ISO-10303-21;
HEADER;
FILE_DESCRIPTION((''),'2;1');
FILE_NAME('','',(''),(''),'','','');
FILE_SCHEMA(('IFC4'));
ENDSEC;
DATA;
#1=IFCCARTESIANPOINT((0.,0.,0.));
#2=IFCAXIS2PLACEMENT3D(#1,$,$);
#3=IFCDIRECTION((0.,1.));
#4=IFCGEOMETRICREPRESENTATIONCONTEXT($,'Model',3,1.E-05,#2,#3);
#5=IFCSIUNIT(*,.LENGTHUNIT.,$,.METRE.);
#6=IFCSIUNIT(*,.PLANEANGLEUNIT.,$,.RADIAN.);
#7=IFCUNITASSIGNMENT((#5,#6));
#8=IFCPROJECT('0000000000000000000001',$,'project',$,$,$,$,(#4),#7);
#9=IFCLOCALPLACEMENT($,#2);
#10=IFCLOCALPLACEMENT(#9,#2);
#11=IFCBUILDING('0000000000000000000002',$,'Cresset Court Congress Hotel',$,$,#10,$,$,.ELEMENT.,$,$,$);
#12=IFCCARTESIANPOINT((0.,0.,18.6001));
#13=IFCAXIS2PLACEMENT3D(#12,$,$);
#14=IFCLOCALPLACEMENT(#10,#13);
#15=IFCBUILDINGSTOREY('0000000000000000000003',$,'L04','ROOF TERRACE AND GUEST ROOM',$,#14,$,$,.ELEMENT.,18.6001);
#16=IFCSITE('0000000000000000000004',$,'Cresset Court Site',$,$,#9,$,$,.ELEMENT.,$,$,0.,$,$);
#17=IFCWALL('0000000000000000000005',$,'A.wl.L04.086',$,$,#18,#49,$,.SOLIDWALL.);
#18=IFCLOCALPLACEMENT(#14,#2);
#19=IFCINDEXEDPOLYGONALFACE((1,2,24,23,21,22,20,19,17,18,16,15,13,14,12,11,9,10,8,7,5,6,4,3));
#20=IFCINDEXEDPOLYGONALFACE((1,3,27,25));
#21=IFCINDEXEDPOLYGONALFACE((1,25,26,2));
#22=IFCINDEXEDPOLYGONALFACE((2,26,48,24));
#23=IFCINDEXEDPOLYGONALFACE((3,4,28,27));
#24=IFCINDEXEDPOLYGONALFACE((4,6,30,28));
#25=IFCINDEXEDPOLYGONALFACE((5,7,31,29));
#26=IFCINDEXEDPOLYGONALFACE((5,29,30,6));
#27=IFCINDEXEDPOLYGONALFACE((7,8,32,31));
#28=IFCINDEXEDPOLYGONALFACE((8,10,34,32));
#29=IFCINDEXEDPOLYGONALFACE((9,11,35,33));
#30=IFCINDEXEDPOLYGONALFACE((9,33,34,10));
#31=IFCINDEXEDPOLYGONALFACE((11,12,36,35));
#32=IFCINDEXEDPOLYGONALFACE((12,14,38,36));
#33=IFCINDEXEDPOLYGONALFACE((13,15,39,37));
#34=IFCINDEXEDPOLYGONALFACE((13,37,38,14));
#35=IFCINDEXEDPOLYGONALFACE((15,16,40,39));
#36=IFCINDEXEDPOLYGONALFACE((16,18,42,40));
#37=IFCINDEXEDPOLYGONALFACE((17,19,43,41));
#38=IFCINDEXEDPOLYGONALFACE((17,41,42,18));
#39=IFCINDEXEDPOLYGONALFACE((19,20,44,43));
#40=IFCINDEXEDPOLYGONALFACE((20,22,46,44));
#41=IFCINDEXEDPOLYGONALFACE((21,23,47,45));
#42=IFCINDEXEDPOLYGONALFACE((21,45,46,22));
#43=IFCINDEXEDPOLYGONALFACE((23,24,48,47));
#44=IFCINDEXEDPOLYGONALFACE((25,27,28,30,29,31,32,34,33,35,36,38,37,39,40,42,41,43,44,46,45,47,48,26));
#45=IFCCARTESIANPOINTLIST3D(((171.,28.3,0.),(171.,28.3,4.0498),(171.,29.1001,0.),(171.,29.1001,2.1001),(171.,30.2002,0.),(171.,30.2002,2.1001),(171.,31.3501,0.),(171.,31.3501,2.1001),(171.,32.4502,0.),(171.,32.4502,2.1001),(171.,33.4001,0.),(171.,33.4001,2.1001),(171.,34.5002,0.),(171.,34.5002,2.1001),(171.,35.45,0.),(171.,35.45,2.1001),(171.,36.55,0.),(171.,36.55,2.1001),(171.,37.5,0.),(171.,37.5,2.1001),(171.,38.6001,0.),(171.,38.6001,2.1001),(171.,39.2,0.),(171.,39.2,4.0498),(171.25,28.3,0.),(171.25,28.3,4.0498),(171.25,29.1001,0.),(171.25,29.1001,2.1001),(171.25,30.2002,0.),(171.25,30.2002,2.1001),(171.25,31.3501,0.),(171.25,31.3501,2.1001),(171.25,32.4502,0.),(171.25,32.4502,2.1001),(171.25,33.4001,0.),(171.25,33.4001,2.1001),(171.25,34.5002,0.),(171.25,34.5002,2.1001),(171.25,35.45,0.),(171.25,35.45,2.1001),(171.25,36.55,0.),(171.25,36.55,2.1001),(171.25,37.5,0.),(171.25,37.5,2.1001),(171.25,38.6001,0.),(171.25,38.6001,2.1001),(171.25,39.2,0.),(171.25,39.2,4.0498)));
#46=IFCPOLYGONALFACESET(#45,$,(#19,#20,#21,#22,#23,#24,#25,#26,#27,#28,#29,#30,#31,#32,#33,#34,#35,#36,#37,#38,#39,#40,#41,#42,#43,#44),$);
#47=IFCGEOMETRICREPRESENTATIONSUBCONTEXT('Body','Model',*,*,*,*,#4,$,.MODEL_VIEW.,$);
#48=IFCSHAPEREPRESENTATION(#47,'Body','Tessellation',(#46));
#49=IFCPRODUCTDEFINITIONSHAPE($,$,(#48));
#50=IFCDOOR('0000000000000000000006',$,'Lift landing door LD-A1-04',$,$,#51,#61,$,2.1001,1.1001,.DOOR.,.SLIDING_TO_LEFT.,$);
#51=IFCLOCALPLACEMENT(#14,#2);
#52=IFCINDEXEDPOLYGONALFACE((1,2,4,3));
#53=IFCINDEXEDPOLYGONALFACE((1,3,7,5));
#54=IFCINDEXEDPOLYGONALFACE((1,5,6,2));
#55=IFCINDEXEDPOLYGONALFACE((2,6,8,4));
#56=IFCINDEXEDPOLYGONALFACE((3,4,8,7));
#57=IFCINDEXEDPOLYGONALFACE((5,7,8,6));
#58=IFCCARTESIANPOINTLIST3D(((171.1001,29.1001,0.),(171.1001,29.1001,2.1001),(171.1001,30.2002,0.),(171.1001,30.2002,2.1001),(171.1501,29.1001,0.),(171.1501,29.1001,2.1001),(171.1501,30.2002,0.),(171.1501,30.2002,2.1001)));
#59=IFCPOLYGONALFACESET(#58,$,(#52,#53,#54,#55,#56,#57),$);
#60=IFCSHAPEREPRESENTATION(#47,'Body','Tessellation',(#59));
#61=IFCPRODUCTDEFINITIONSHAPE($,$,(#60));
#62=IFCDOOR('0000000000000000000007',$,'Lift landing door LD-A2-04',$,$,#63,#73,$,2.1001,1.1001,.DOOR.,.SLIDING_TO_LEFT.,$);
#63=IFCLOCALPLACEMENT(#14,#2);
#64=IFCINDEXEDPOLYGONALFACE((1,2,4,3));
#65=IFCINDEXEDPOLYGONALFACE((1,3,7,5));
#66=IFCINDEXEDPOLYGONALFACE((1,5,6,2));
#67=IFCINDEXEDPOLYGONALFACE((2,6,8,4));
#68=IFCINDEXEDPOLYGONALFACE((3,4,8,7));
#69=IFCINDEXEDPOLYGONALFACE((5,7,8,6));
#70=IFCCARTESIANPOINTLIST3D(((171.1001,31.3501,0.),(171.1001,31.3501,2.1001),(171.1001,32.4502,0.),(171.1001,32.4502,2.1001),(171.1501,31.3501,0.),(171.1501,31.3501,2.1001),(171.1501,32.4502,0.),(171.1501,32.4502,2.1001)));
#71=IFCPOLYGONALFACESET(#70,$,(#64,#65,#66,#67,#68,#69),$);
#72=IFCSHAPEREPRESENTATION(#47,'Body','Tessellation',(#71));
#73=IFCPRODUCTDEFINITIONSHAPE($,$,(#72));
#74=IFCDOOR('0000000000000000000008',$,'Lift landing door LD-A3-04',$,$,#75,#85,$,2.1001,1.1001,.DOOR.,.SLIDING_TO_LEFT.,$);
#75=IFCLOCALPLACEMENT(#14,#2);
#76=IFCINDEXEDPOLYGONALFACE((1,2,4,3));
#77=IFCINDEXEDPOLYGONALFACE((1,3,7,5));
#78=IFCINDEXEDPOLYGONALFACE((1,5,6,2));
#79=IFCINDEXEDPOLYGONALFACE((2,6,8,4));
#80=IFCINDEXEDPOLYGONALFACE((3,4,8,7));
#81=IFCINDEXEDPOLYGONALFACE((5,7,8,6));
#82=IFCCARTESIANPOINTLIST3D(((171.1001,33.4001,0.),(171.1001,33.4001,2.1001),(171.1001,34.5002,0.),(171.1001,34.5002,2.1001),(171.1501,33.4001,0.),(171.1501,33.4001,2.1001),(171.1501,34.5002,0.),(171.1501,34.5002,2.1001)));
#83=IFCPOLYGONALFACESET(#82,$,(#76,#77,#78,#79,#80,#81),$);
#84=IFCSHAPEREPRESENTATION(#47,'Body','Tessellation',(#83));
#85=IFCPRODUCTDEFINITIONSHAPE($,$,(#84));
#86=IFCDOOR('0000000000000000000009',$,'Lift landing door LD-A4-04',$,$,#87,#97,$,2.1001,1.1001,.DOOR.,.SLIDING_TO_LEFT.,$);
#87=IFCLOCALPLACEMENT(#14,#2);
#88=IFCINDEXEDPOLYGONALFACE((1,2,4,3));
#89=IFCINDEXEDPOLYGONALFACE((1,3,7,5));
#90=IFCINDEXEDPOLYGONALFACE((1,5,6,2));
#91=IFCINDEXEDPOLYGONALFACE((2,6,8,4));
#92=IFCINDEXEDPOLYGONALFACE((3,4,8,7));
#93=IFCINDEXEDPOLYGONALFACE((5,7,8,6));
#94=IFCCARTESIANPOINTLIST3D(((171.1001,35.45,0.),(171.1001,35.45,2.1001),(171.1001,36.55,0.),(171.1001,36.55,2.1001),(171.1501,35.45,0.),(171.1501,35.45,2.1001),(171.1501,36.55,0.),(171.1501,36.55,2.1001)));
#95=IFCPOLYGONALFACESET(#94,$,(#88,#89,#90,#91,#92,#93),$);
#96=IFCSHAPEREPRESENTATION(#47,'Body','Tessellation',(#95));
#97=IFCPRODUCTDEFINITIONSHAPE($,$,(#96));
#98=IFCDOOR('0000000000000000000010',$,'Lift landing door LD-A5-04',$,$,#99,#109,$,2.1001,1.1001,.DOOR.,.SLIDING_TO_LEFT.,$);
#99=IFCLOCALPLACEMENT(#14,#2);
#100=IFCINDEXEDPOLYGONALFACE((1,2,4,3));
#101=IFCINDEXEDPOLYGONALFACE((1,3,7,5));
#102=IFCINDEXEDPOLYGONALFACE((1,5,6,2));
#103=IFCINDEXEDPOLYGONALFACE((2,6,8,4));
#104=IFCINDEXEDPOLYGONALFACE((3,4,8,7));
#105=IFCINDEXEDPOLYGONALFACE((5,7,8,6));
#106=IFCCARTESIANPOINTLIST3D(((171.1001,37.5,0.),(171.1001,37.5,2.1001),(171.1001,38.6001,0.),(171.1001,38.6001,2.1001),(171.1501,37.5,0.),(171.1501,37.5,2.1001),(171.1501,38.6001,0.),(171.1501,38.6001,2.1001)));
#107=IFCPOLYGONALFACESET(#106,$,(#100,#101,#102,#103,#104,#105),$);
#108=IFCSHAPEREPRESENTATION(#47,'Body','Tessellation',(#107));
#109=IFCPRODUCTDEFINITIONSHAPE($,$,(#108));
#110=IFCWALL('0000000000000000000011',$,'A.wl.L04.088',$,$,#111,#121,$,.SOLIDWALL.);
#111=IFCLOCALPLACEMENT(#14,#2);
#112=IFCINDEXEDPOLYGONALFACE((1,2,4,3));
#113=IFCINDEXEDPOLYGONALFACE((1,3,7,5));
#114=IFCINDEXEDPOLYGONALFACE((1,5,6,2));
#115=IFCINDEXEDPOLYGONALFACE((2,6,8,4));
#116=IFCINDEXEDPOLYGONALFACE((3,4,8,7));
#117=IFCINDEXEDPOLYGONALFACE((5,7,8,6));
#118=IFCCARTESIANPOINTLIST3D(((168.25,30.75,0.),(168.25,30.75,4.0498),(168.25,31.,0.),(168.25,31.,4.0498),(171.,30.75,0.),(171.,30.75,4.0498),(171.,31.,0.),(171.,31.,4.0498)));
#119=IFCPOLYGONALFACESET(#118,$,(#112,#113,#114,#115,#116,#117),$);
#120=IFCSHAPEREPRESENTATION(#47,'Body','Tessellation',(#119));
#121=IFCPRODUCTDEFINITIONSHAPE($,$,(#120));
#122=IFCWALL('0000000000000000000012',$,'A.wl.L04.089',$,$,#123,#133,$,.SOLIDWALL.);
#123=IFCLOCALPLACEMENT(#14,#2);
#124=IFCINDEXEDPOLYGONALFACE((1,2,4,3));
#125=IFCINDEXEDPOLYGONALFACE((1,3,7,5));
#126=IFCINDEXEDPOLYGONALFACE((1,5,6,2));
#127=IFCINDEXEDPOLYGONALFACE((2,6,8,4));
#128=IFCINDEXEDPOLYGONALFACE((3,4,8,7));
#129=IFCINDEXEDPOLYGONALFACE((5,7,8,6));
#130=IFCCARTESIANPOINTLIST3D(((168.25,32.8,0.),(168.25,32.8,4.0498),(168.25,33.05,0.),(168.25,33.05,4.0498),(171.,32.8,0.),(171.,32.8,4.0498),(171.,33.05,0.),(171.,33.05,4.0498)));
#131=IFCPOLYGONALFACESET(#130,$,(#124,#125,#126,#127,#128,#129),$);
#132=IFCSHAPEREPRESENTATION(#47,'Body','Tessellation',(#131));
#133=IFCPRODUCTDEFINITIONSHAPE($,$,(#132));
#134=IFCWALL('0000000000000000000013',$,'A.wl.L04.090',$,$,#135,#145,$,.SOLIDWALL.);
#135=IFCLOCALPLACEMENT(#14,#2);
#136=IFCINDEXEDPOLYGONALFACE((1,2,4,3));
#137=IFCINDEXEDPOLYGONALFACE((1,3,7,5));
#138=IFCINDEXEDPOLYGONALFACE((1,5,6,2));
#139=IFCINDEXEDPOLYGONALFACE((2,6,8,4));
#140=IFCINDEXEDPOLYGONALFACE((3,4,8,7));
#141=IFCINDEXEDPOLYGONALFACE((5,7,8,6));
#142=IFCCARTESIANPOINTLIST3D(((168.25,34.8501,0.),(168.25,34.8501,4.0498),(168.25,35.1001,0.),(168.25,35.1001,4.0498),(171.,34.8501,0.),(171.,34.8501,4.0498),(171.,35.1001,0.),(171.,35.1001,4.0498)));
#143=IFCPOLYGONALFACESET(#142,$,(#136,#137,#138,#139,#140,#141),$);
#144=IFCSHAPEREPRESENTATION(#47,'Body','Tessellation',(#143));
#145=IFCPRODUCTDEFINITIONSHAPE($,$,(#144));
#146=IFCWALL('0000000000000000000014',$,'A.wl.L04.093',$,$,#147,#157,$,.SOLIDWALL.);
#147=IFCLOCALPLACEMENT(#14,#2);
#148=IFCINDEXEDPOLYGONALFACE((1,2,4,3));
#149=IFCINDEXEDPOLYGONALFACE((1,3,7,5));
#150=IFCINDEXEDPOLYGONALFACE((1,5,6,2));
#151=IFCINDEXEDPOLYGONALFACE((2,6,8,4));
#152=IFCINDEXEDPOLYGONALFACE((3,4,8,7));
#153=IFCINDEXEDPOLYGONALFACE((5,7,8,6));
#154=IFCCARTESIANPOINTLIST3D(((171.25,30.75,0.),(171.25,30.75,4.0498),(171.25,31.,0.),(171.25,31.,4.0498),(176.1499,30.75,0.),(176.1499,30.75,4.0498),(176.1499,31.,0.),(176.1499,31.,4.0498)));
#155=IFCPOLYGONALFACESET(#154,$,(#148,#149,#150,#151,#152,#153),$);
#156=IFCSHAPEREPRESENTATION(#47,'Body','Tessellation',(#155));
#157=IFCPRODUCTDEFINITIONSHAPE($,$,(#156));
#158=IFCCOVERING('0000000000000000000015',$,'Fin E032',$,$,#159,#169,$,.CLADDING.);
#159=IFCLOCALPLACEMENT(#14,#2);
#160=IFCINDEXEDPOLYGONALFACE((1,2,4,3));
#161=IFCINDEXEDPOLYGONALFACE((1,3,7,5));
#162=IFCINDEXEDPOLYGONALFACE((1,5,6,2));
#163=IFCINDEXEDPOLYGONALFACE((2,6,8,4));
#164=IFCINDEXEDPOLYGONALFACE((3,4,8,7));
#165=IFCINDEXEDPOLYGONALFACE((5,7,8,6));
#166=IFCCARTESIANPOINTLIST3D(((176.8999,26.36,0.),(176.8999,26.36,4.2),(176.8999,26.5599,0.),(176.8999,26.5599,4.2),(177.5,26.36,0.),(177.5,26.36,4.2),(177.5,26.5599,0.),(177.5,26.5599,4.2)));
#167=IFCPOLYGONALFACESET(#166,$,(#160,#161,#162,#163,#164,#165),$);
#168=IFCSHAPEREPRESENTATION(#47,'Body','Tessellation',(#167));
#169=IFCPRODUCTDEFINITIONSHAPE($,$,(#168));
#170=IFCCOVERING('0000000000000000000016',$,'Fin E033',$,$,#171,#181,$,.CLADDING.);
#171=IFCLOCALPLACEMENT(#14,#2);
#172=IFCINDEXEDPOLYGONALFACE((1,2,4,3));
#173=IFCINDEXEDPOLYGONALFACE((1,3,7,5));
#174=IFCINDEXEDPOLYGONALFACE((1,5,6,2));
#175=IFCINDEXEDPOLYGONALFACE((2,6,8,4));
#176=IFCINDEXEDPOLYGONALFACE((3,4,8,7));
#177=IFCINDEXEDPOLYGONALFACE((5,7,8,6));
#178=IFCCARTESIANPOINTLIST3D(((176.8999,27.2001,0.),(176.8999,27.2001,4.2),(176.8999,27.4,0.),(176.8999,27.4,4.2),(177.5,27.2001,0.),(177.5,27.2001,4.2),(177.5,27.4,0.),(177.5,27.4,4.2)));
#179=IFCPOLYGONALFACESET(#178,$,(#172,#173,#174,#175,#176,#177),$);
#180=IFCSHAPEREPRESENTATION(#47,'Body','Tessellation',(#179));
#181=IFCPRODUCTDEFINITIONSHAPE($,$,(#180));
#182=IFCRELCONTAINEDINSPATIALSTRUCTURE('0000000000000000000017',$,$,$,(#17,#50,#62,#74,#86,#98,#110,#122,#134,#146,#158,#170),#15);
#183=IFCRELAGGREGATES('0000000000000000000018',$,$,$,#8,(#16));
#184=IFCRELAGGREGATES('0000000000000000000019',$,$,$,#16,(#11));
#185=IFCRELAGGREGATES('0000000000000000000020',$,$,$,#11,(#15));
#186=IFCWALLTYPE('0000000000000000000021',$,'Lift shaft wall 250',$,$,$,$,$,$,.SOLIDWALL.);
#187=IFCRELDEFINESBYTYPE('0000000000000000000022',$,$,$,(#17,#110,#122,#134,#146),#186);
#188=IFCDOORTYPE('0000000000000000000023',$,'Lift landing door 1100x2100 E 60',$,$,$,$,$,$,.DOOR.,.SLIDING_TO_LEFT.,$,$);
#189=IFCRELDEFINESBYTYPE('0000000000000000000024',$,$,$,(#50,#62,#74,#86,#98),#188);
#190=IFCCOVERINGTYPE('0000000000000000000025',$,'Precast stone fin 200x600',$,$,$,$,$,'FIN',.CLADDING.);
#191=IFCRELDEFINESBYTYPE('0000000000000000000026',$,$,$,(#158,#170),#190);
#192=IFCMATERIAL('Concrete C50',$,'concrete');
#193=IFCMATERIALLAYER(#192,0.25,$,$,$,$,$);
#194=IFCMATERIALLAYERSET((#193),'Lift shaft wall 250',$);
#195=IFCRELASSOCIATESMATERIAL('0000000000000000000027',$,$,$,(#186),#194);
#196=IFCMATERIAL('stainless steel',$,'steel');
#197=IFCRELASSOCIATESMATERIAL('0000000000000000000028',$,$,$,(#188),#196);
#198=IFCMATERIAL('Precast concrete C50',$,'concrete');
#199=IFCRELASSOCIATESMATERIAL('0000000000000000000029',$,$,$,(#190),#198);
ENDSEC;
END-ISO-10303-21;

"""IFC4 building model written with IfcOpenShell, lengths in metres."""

from ifc_helpers import new_model, si_unit, direction, frame, frame_2d, origin, origin_2d, place, context, subcontext, project, spatial, rectangle, extrude, material, layer, layer_set, type_object, element, fill, save


model = new_model("IFC4")

# Units and contexts
model_context = context("Model", 3, precision=1e-05, world=origin(), true_north=direction((0.0, 1.0)))
body_context = subcontext(model_context, "Body", "Model", "MODEL_VIEW")
ifc_project = project(units=[si_unit("LENGTHUNIT", "METRE"), si_unit("PLANEANGLEUNIT", "RADIAN")], contexts=[model_context])

# Site, building, storey
site_placement = place(None, origin())
site = spatial("IfcSite", under=ifc_project, at=site_placement, Name="Cresset Court Site", CompositionType="ELEMENT", RefElevation=0.0)
building_placement = place(site_placement, origin())
building = spatial("IfcBuilding", under=site, at=building_placement, Name="Cresset Court Congress Hotel", CompositionType="ELEMENT")
storey_placement = place(building_placement, frame((0.0, 0.0, 18.6001)))
storey = spatial("IfcBuildingStorey", under=building, at=storey_placement, Name="L04", Description="ROOF TERRACE AND GUEST ROOM", CompositionType="ELEMENT", Elevation=18.6001)

# Wall, openings, doors
ifc_material_1 = material(Name="Concrete C50", Category="concrete")
ifc_layer = layer(ifc_material_1, 0.25)
ifc_layer_set = layer_set([ifc_layer], Name="Lift shaft wall 250")
wall_type = type_object("IfcWallType", Name="Lift shaft wall 250", PredefinedType="SOLIDWALL", material=ifc_layer_set)
wall_1_placement = place(storey_placement, frame((171.125, 28.3, 0.0), z_axis=(0.0, 0.0, 1.0), x_axis=(0.0, 1.0, 0.0)))
wall_1 = element("IfcWall", 1, at=wall_1_placement, inside=storey, type_object=wall_type, Name="A.wl.L04.086", PredefinedType="SOLIDWALL", context=body_context, shape_type="SweptSolid", body=[
    extrude(rectangle(XDim=10.8999, YDim=0.25, at=frame_2d((5.45, 0.0))), origin(), (0.0, 0.0, 1.0), 4.0498),
])
opening_1_placement = place(wall_1_placement, frame((0.8, 0.0, 0.0)))
opening_1 = element("IfcOpeningElement", 2, at=opening_1_placement, cuts=wall_1, PredefinedType="OPENING", context=body_context, shape_type="SweptSolid", body=[
    extrude(rectangle(XDim=1.1001, YDim=2.1001, at=frame_2d((0.55, 1.05))), frame((0.0, 0.135, 0.0), z_axis=(0.0, -1.0, 0.0), x_axis=(1.0, 0.0, 0.0)), (0.0, 0.0, 1.0), 0.27),
])
opening_2_placement = place(wall_1_placement, frame((3.05, 0.0, 0.0)))
opening_2 = element("IfcOpeningElement", 3, at=opening_2_placement, cuts=wall_1, PredefinedType="OPENING", context=body_context, shape_type="SweptSolid", body=[
    extrude(rectangle(XDim=1.1001, YDim=2.1001, at=frame_2d((0.55, 1.05))), frame((0.0, 0.135, 0.0), z_axis=(0.0, -1.0, 0.0), x_axis=(1.0, 0.0, 0.0)), (0.0, 0.0, 1.0), 0.27),
])
opening_3_placement = place(wall_1_placement, frame((5.1001, 0.0, 0.0)))
opening_3 = element("IfcOpeningElement", 4, at=opening_3_placement, cuts=wall_1, PredefinedType="OPENING", context=body_context, shape_type="SweptSolid", body=[
    extrude(rectangle(XDim=1.1001, YDim=2.1001, at=frame_2d((0.55, 1.05))), frame((0.0, 0.135, 0.0), z_axis=(0.0, -1.0, 0.0), x_axis=(1.0, 0.0, 0.0)), (0.0, 0.0, 1.0), 0.27),
])
opening_4_placement = place(wall_1_placement, frame((7.1499, 0.0, 0.0)))
opening_4 = element("IfcOpeningElement", 5, at=opening_4_placement, cuts=wall_1, PredefinedType="OPENING", context=body_context, shape_type="SweptSolid", body=[
    extrude(rectangle(XDim=1.1001, YDim=2.1001, at=frame_2d((0.55, 1.05))), frame((0.0, 0.135, 0.0), z_axis=(0.0, -1.0, 0.0), x_axis=(1.0, 0.0, 0.0)), (0.0, 0.0, 1.0), 0.27),
])
opening_5_placement = place(wall_1_placement, frame((9.2, 0.0, 0.0)))
opening_5 = element("IfcOpeningElement", 6, at=opening_5_placement, cuts=wall_1, PredefinedType="OPENING", context=body_context, shape_type="SweptSolid", body=[
    extrude(rectangle(XDim=1.1001, YDim=2.1001, at=frame_2d((0.55, 1.05))), frame((0.0, 0.135, 0.0), z_axis=(0.0, -1.0, 0.0), x_axis=(1.0, 0.0, 0.0)), (0.0, 0.0, 1.0), 0.27),
])
ifc_material_2 = material(Name="stainless steel", Category="steel")
door_type = type_object("IfcDoorType", Name="Lift landing door 1100x2100 E 60", OperationType="SLIDING_TO_LEFT", PredefinedType="DOOR", material=ifc_material_2)
door_1_placement = place(opening_1_placement, origin())
door_1 = element("IfcDoor", 7, at=door_1_placement, inside=storey, type_object=door_type, Name="Lift landing door LD-A1-04", OperationType="SLIDING_TO_LEFT", OverallHeight=2.1001, OverallWidth=1.1001, PredefinedType="DOOR", context=body_context, shape_type="SweptSolid", body=[
    extrude(rectangle(XDim=1.1001, YDim=2.1001, at=frame_2d((0.55, 1.05))), frame((0.0, 0.0249, 0.0), z_axis=(0.0, -1.0, 0.0), x_axis=(1.0, 0.0, 0.0)), (0.0, 0.0, 1.0), 0.05),
])
fill(opening_1, door_1)
door_2_placement = place(opening_2_placement, origin())
door_2 = element("IfcDoor", 8, at=door_2_placement, inside=storey, type_object=door_type, Name="Lift landing door LD-A2-04", OperationType="SLIDING_TO_LEFT", OverallHeight=2.1001, OverallWidth=1.1001, PredefinedType="DOOR", context=body_context, shape_type="SweptSolid", body=[
    extrude(rectangle(XDim=1.1001, YDim=2.1001, at=frame_2d((0.55, 1.05))), frame((0.0, 0.0249, 0.0), z_axis=(0.0, -1.0, 0.0), x_axis=(1.0, 0.0, 0.0)), (0.0, 0.0, 1.0), 0.05),
])
fill(opening_2, door_2)
door_3_placement = place(opening_3_placement, origin())
door_3 = element("IfcDoor", 9, at=door_3_placement, inside=storey, type_object=door_type, Name="Lift landing door LD-A3-04", OperationType="SLIDING_TO_LEFT", OverallHeight=2.1001, OverallWidth=1.1001, PredefinedType="DOOR", context=body_context, shape_type="SweptSolid", body=[
    extrude(rectangle(XDim=1.1001, YDim=2.1001, at=frame_2d((0.55, 1.05))), frame((0.0, 0.0249, 0.0), z_axis=(0.0, -1.0, 0.0), x_axis=(1.0, 0.0, 0.0)), (0.0, 0.0, 1.0), 0.05),
])
fill(opening_3, door_3)
door_4_placement = place(opening_4_placement, origin())
door_4 = element("IfcDoor", 10, at=door_4_placement, inside=storey, type_object=door_type, Name="Lift landing door LD-A4-04", OperationType="SLIDING_TO_LEFT", OverallHeight=2.1001, OverallWidth=1.1001, PredefinedType="DOOR", context=body_context, shape_type="SweptSolid", body=[
    extrude(rectangle(XDim=1.1001, YDim=2.1001, at=frame_2d((0.55, 1.05))), frame((0.0, 0.0249, 0.0), z_axis=(0.0, -1.0, 0.0), x_axis=(1.0, 0.0, 0.0)), (0.0, 0.0, 1.0), 0.05),
])
fill(opening_4, door_4)
door_5_placement = place(opening_5_placement, origin())
door_5 = element("IfcDoor", 11, at=door_5_placement, inside=storey, type_object=door_type, Name="Lift landing door LD-A5-04", OperationType="SLIDING_TO_LEFT", OverallHeight=2.1001, OverallWidth=1.1001, PredefinedType="DOOR", context=body_context, shape_type="SweptSolid", body=[
    extrude(rectangle(XDim=1.1001, YDim=2.1001, at=frame_2d((0.55, 1.05))), frame((0.0, 0.0249, 0.0), z_axis=(0.0, -1.0, 0.0), x_axis=(1.0, 0.0, 0.0)), (0.0, 0.0, 1.0), 0.05),
])
fill(opening_5, door_5)

# Walls
for number, where, z_axis, x_axis, name in (
    (12, (168.25, 30.875, 0.0), (0.0, 0.0, 1.0), (1.0, 0.0, 0.0), "A.wl.L04.088"),
    (13, (168.25, 32.925, 0.0), (0.0, 0.0, 1.0), (1.0, 0.0, 0.0), "A.wl.L04.089"),
    (14, (168.25, 34.9751, 0.0), (0.0, 0.0, 1.0), (1.0, 0.0, 0.0), "A.wl.L04.090"),
):
    element("IfcWall", number, at=place(storey_placement, frame(where, z_axis=z_axis, x_axis=x_axis)), inside=storey, type_object=wall_type, Name=name, PredefinedType="SOLIDWALL", context=body_context, shape_type="SweptSolid", body=[
        extrude(rectangle(XDim=2.75, YDim=0.25, at=frame_2d((1.375, 0.0))), origin(), (0.0, 0.0, 1.0), 4.0498),
    ])
wall_2_placement = place(storey_placement, frame((171.25, 30.875, 0.0), z_axis=(0.0, 0.0, 1.0), x_axis=(1.0, 0.0, 0.0)))
element("IfcWall", 15, at=wall_2_placement, inside=storey, type_object=wall_type, Name="A.wl.L04.093", PredefinedType="SOLIDWALL", context=body_context, shape_type="SweptSolid", body=[
    extrude(rectangle(XDim=4.8999, YDim=0.25, at=frame_2d((2.45, 0.0))), origin(), (0.0, 0.0, 1.0), 4.0498),
])

# Coverings
ifc_material_3 = material(Name="Precast concrete C50", Category="concrete")
covering_type_1 = type_object("IfcCoveringType", Name="Precast stone fin 200x600", ElementType="FIN", PredefinedType="CLADDING", material=ifc_material_3)
for number, where, z_axis, x_axis, name in (
    (16, (177.2, 26.46, 0.0), (0.0, 0.0, 1.0), (1.0, 0.0, 0.0), "Fin E032"),
    (17, (177.2, 27.3, 0.0), (0.0, 0.0, 1.0), (1.0, 0.0, 0.0), "Fin E033"),
):
    element("IfcCovering", number, at=place(storey_placement, frame(where, z_axis=z_axis, x_axis=x_axis)), inside=storey, type_object=covering_type_1, Name=name, PredefinedType="CLADDING", context=body_context, shape_type="SweptSolid", body=[
        extrude(rectangle(XDim=0.6001, YDim=0.2, at=origin_2d()), origin(), (0.0, 0.0, 1.0), 4.2),
    ])

save(model, "model.ifc")
